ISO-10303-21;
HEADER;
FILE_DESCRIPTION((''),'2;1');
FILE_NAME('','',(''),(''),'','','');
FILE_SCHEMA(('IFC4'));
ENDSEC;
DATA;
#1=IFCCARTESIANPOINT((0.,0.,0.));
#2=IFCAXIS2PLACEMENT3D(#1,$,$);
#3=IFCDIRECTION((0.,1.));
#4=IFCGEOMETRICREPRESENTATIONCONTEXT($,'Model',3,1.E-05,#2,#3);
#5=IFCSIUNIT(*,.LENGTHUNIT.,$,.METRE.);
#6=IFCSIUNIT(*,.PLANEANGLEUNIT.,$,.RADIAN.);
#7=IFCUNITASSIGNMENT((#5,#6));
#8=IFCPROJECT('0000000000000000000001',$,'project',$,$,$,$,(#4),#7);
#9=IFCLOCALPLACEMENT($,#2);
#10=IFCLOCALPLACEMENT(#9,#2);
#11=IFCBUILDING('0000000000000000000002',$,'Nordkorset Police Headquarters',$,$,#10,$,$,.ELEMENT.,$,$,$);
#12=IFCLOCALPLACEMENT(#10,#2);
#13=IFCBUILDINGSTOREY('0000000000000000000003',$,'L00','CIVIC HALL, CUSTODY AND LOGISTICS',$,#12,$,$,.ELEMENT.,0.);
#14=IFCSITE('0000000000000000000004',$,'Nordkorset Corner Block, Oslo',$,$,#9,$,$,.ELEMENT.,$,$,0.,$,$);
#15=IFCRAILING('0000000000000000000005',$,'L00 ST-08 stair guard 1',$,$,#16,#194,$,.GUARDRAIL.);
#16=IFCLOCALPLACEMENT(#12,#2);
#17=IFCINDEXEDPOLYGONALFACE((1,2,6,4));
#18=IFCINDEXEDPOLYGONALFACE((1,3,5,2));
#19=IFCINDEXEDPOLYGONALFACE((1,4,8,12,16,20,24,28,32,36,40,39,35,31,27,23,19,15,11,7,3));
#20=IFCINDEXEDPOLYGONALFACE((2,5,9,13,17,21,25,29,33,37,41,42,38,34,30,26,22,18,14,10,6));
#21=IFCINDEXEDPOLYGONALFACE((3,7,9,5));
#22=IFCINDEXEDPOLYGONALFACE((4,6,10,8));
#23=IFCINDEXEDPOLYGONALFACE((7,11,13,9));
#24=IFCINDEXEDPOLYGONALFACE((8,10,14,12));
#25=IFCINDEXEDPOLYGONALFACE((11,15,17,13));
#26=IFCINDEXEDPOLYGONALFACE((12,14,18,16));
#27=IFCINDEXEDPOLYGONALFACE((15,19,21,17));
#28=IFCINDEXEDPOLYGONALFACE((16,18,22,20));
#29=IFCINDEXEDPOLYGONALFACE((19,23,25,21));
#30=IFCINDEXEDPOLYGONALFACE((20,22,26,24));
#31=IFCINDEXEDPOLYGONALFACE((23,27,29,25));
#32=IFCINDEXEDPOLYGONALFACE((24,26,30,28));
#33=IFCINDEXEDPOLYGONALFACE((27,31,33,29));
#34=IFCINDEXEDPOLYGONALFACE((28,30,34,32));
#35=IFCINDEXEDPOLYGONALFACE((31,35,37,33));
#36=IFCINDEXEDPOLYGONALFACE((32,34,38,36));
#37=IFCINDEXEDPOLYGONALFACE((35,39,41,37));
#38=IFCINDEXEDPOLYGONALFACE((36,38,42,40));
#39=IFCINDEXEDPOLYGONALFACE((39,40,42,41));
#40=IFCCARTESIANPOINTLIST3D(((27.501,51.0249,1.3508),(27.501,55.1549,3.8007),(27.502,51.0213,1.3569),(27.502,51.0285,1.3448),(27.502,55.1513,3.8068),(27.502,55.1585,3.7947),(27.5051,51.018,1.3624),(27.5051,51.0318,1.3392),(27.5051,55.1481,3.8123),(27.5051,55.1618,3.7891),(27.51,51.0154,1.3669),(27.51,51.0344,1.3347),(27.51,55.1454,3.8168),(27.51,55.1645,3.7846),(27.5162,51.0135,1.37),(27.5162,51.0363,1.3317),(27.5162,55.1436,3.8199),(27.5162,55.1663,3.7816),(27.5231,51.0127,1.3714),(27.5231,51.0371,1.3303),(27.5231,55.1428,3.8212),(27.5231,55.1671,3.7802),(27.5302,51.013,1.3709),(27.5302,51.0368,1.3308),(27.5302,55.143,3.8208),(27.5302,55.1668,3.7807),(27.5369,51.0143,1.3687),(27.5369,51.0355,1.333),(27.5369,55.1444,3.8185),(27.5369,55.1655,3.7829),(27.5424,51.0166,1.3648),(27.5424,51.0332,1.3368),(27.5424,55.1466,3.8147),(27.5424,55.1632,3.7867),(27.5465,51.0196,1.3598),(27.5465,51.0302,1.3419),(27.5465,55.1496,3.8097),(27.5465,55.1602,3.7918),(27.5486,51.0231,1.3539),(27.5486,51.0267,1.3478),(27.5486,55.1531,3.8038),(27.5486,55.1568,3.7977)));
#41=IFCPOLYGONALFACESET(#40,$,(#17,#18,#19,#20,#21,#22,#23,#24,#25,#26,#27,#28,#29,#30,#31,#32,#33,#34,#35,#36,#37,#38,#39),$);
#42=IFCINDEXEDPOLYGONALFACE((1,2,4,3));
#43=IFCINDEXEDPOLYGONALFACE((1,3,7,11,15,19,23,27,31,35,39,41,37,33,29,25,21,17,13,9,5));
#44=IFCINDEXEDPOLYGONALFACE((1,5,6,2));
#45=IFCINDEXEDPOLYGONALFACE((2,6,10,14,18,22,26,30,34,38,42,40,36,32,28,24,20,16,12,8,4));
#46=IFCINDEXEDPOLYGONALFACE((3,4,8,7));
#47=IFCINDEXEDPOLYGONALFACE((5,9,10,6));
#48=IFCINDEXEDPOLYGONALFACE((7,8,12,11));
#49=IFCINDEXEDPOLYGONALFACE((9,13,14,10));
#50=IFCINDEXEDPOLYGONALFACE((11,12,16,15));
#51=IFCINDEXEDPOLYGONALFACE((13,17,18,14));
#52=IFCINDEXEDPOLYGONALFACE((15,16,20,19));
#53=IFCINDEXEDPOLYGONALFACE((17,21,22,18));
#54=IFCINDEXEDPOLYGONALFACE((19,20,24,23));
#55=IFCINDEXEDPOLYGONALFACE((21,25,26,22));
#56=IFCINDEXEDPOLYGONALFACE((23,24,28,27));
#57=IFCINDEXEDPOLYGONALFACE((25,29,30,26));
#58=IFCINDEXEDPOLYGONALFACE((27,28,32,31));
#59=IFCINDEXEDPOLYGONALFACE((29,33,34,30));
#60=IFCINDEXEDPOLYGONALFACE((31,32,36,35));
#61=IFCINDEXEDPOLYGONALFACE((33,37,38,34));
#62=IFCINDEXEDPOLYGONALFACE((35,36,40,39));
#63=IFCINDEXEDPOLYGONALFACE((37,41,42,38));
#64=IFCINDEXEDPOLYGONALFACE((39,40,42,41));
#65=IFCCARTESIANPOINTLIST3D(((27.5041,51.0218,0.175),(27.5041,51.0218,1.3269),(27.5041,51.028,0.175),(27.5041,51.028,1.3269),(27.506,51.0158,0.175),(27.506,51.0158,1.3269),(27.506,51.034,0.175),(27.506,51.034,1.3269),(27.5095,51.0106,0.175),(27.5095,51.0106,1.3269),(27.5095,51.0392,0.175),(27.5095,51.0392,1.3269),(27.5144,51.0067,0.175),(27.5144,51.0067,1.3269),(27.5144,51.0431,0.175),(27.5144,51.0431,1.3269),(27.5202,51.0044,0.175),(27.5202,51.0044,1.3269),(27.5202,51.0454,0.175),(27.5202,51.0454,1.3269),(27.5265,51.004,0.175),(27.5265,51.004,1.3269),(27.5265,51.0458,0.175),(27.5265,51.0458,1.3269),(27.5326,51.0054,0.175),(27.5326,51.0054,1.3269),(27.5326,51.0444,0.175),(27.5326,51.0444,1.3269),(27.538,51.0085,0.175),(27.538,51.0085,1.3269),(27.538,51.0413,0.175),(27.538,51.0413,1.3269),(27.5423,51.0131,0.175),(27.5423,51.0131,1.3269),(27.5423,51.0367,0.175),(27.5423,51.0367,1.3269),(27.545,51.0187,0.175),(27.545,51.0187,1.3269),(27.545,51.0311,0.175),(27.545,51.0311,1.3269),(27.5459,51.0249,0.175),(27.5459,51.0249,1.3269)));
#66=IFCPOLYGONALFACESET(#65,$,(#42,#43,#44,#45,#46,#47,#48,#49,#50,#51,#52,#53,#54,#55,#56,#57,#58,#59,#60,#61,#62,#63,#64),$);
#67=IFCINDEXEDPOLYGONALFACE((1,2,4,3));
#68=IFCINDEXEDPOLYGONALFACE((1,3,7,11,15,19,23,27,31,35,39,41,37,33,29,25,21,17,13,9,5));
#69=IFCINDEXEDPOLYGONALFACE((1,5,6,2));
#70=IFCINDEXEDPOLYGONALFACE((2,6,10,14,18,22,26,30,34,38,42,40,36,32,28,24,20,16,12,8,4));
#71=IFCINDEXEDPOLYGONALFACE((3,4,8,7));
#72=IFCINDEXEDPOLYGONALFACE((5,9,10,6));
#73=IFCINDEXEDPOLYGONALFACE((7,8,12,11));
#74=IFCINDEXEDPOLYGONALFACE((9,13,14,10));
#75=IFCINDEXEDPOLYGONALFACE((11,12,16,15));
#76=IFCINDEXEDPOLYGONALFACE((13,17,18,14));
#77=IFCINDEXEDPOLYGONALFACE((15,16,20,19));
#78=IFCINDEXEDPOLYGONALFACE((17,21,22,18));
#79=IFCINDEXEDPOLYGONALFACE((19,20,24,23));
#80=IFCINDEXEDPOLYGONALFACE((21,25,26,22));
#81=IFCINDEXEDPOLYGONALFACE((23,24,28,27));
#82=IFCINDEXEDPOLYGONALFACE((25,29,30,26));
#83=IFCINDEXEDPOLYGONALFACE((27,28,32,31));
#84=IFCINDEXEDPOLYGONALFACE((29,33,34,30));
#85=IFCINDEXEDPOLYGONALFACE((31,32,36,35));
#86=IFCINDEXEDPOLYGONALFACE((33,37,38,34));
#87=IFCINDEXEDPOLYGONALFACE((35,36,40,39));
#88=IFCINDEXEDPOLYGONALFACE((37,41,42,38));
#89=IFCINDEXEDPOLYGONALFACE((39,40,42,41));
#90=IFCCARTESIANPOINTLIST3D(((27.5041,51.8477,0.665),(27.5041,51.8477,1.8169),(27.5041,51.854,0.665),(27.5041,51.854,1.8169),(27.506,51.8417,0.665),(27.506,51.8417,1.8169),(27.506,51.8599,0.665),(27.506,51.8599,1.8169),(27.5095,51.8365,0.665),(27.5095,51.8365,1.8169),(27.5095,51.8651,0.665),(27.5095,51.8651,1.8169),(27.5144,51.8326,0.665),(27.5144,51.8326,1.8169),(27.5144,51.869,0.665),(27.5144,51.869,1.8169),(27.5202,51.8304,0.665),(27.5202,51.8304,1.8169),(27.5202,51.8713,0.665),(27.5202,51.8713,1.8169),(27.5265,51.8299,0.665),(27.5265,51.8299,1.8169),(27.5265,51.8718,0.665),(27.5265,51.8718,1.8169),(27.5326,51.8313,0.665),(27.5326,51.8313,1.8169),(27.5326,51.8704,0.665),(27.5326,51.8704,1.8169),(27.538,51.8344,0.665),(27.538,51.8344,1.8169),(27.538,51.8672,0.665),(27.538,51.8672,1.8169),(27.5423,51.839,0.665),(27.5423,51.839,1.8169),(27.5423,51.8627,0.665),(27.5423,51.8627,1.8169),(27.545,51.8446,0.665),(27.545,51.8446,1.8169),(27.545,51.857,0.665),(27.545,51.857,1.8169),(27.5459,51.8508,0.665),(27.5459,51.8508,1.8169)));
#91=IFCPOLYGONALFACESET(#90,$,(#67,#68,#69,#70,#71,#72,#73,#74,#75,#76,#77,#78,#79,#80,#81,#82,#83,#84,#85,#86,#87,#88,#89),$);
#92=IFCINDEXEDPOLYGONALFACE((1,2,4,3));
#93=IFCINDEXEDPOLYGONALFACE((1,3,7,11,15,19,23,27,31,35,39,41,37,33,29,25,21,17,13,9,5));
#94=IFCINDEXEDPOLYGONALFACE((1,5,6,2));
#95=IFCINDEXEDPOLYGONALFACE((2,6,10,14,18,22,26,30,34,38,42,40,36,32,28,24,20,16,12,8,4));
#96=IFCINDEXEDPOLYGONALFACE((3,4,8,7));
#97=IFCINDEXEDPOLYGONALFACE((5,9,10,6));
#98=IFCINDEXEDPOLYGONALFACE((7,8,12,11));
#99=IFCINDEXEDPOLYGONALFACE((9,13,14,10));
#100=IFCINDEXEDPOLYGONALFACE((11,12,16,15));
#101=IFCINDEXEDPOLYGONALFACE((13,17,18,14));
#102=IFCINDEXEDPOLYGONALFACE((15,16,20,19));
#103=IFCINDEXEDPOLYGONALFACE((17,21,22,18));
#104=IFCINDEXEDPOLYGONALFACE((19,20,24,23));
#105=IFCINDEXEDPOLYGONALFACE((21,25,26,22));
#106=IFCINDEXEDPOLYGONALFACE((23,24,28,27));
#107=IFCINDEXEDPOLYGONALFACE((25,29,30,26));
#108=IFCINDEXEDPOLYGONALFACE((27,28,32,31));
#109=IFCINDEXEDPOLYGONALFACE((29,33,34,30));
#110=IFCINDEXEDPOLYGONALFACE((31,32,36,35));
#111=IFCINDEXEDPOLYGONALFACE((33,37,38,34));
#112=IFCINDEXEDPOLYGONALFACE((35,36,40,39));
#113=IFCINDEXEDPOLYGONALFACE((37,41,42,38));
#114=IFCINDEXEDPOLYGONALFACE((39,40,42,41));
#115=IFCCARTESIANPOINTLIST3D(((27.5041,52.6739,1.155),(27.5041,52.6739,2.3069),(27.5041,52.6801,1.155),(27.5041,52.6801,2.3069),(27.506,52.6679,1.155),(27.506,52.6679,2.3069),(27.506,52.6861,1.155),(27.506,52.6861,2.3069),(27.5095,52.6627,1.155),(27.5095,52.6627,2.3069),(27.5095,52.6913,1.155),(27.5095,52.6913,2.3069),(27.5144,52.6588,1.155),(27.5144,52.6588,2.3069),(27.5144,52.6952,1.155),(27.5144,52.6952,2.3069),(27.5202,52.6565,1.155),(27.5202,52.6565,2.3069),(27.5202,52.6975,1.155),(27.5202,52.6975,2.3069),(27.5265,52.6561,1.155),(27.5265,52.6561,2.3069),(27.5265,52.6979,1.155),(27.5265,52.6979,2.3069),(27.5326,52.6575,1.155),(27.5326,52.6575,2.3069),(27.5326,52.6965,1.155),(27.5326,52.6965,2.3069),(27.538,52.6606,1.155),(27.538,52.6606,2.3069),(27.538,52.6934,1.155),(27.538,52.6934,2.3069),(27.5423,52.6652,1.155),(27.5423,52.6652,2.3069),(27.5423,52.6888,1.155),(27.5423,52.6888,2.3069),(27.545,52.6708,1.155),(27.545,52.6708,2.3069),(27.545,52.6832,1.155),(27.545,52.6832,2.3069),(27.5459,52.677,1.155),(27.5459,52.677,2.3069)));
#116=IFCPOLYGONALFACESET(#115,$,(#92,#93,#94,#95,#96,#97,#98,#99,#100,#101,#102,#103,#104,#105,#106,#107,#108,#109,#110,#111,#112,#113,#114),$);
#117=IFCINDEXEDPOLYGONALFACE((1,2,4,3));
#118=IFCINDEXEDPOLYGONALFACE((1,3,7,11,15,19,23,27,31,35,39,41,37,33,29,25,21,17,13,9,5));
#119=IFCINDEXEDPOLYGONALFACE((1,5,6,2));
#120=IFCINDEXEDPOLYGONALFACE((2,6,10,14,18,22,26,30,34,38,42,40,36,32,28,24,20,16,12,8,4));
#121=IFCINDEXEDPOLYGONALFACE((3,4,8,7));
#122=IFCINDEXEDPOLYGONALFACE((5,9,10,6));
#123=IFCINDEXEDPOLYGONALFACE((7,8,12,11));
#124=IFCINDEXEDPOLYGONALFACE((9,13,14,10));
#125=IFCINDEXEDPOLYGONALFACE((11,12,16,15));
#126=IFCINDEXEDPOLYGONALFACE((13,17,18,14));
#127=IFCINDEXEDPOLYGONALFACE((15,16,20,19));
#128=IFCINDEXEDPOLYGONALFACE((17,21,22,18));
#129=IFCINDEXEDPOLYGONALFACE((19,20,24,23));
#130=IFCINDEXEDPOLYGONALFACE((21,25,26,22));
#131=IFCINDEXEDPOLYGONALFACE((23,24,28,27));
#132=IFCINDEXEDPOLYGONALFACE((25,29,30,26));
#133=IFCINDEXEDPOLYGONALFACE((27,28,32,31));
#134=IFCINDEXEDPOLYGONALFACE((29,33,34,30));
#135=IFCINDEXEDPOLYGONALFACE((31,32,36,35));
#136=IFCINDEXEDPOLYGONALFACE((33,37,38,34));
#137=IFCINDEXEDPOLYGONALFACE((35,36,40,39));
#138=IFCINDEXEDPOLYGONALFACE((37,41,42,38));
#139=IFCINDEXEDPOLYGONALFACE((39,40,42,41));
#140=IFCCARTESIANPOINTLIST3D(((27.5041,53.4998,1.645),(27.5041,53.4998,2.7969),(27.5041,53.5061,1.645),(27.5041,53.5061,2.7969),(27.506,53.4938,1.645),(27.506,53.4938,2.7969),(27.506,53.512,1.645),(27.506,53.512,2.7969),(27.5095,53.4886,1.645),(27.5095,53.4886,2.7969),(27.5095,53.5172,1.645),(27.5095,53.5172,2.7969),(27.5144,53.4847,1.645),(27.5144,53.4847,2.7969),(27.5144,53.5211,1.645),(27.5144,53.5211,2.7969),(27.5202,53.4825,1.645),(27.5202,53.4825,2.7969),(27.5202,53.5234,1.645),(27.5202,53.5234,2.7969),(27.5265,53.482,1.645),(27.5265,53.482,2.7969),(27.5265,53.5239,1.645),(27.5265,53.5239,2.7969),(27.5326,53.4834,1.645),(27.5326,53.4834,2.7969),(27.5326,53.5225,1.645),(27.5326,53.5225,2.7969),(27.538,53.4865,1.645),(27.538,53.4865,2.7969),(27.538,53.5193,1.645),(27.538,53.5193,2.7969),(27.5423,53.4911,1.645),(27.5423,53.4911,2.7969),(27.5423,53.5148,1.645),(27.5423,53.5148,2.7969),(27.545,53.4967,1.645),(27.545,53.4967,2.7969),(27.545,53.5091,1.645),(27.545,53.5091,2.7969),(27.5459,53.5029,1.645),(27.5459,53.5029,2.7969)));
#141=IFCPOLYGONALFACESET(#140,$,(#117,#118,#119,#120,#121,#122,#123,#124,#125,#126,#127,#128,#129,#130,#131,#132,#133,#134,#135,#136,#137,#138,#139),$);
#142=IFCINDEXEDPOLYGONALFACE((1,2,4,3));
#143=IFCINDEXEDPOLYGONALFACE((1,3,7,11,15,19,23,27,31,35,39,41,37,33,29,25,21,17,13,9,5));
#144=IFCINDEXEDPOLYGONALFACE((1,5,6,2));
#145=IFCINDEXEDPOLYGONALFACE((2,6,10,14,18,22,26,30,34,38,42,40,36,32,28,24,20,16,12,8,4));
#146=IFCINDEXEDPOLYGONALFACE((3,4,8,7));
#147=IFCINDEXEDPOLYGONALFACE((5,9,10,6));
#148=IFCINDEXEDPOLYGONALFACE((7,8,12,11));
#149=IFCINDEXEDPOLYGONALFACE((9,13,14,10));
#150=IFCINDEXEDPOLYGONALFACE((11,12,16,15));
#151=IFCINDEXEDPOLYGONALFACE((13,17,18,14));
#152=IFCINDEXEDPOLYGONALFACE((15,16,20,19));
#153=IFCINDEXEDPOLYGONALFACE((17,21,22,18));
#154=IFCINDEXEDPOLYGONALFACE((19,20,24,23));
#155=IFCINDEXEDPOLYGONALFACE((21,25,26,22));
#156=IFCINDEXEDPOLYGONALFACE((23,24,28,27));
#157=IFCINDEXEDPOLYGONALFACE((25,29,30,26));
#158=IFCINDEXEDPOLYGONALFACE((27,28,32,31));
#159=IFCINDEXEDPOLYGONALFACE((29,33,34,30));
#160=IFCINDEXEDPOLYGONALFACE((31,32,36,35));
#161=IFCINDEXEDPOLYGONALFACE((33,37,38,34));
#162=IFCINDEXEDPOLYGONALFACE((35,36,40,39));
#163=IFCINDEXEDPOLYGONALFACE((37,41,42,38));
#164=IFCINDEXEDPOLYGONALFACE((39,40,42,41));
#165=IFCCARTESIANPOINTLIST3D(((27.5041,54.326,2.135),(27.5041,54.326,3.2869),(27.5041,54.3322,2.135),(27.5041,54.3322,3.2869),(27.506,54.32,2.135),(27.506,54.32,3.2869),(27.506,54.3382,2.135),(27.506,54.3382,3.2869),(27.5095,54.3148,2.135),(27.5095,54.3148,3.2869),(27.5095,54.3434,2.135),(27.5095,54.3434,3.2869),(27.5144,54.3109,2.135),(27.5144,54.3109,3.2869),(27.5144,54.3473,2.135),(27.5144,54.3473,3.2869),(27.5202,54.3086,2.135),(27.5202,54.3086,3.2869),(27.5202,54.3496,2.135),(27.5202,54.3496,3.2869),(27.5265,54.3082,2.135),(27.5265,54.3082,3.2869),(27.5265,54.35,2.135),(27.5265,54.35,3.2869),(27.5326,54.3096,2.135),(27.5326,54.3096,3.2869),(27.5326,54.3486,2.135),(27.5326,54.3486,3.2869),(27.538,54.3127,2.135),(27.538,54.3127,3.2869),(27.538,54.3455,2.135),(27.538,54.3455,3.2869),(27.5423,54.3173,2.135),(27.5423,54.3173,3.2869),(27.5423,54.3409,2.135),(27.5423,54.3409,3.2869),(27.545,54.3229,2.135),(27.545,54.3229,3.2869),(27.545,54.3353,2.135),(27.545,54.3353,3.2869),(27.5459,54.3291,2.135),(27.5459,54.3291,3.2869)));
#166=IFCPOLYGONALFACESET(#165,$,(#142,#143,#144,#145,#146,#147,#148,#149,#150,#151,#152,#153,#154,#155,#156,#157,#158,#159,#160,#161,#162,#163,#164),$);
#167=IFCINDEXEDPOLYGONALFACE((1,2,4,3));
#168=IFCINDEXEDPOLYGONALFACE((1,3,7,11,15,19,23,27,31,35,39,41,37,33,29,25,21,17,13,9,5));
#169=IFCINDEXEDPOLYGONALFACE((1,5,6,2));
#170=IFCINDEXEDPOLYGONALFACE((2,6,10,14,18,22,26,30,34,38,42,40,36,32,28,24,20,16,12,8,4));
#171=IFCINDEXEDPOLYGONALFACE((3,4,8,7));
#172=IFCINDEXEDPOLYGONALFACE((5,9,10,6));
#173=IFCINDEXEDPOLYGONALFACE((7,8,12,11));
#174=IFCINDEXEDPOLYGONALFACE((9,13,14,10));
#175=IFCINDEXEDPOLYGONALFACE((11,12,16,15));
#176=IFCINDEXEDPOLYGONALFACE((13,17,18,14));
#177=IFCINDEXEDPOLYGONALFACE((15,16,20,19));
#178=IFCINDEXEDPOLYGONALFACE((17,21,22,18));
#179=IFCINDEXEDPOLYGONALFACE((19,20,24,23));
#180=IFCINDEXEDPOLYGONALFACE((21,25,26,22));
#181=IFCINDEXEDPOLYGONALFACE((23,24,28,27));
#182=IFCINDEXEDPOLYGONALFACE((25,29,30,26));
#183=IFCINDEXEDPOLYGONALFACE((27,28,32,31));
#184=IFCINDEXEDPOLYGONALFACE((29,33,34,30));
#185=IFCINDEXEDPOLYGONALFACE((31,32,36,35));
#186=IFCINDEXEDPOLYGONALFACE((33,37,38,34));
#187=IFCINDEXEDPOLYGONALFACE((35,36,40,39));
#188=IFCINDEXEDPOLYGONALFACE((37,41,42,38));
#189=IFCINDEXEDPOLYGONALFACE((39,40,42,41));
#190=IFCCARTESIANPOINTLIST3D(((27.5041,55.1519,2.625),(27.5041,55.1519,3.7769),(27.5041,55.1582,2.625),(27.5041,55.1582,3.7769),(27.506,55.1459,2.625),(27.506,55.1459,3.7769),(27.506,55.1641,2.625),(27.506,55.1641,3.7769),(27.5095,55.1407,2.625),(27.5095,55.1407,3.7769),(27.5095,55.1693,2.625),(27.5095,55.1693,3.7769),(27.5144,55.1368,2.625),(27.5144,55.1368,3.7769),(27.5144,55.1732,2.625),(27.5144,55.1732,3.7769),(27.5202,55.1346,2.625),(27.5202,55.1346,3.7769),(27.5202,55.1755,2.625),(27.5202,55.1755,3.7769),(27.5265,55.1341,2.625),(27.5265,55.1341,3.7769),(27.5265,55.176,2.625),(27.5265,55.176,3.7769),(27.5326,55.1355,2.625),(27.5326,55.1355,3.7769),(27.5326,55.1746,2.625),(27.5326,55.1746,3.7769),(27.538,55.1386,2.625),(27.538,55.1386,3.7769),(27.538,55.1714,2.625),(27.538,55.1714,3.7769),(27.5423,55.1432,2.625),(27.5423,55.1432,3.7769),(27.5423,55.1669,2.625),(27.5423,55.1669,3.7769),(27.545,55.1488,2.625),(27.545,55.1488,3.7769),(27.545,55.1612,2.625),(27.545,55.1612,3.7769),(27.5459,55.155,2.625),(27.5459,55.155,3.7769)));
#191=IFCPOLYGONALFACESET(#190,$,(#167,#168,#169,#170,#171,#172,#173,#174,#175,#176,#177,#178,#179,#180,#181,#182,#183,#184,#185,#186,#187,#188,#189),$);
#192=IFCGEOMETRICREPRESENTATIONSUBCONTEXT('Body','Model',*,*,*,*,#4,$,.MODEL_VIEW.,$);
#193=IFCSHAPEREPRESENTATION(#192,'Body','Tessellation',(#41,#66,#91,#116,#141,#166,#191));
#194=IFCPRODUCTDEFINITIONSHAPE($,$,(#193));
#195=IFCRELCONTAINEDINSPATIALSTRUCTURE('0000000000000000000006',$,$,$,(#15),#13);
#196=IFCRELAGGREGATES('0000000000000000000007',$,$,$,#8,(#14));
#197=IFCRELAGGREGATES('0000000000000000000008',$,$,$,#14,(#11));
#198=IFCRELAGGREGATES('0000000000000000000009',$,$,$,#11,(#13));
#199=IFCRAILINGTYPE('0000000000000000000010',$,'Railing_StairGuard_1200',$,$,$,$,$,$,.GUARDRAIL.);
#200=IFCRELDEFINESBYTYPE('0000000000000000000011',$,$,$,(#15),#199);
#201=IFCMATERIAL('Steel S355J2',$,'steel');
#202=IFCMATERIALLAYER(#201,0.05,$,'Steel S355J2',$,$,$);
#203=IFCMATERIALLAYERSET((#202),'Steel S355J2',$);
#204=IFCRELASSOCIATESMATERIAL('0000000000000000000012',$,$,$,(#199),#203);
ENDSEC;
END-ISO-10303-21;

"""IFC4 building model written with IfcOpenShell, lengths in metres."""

from ifc_helpers import new_model, si_unit, direction, frame, origin, origin_2d, place, context, subcontext, project, spatial, circle, extrude, material, layer, layer_set, type_object, element, save


model = new_model("IFC4")

# Units and contexts
model_context = context("Model", 3, precision=1e-05, world=origin(), true_north=direction((0.0, 1.0)))
body_context = subcontext(model_context, "Body", "Model", "MODEL_VIEW")
ifc_project = project(units=[si_unit("LENGTHUNIT", "METRE"), si_unit("PLANEANGLEUNIT", "RADIAN")], contexts=[model_context])

# Site, building, storey
site_placement = place(None, origin())
site = spatial("IfcSite", under=ifc_project, at=site_placement, Name="Nordkorset Corner Block, Oslo", CompositionType="ELEMENT", RefElevation=0.0)
building_placement = place(site_placement, origin())
building = spatial("IfcBuilding", under=site, at=building_placement, Name="Nordkorset Police Headquarters", CompositionType="ELEMENT")
storey_placement = place(building_placement, origin())
storey = spatial("IfcBuildingStorey", under=building, at=storey_placement, Name="L00", Description="CIVIC HALL, CUSTODY AND LOGISTICS", CompositionType="ELEMENT", Elevation=0.0)

# Railing
ifc_material_1 = material(Name="Steel S355J2", Category="steel")
ifc_layer_1 = layer(ifc_material_1, 0.05, Name="Steel S355J2")
ifc_layer_set_1 = layer_set([ifc_layer_1], Name="Steel S355J2")
railing_type_1 = type_object("IfcRailingType", Name="Railing_StairGuard_1200", PredefinedType="GUARDRAIL", material=ifc_layer_set_1)
railing_1_placement = place(storey_placement, frame((27.5249, 51.0249, 0.175)))
element("IfcRailing", 1, at=railing_1_placement, inside=storey, type_object=railing_type_1, Name="L00 ST-08 stair guard 1", PredefinedType="GUARDRAIL", context=body_context, shape_type="SweptSolid", body=[
    extrude(circle(Radius=0.0239, at=origin_2d()), frame((0.0, 0.0, 1.1758), z_axis=(0.0, 0.860066, 0.510183), x_axis=(-1.0, 0.0, 0.0)), (0.0, 0.0, 1.0), 4.802),
    extrude(circle(Radius=0.021, at=origin_2d()), origin(), (0.0, 0.0, 1.0), 1.1519),
    extrude(circle(Radius=0.021, at=origin_2d()), frame((0.0, 0.8259, 0.49)), (0.0, 0.0, 1.0), 1.1519),
    extrude(circle(Radius=0.021, at=origin_2d()), frame((0.0, 1.6521, 0.98)), (0.0, 0.0, 1.0), 1.1519),
    extrude(circle(Radius=0.021, at=origin_2d()), frame((0.0, 2.478, 1.47)), (0.0, 0.0, 1.0), 1.1519),
    extrude(circle(Radius=0.021, at=origin_2d()), frame((0.0, 3.3042, 1.96)), (0.0, 0.0, 1.0), 1.1519),
    extrude(circle(Radius=0.021, at=origin_2d()), frame((0.0, 4.1301, 2.45)), (0.0, 0.0, 1.0), 1.1519),
])

save(model, "model.ifc")
